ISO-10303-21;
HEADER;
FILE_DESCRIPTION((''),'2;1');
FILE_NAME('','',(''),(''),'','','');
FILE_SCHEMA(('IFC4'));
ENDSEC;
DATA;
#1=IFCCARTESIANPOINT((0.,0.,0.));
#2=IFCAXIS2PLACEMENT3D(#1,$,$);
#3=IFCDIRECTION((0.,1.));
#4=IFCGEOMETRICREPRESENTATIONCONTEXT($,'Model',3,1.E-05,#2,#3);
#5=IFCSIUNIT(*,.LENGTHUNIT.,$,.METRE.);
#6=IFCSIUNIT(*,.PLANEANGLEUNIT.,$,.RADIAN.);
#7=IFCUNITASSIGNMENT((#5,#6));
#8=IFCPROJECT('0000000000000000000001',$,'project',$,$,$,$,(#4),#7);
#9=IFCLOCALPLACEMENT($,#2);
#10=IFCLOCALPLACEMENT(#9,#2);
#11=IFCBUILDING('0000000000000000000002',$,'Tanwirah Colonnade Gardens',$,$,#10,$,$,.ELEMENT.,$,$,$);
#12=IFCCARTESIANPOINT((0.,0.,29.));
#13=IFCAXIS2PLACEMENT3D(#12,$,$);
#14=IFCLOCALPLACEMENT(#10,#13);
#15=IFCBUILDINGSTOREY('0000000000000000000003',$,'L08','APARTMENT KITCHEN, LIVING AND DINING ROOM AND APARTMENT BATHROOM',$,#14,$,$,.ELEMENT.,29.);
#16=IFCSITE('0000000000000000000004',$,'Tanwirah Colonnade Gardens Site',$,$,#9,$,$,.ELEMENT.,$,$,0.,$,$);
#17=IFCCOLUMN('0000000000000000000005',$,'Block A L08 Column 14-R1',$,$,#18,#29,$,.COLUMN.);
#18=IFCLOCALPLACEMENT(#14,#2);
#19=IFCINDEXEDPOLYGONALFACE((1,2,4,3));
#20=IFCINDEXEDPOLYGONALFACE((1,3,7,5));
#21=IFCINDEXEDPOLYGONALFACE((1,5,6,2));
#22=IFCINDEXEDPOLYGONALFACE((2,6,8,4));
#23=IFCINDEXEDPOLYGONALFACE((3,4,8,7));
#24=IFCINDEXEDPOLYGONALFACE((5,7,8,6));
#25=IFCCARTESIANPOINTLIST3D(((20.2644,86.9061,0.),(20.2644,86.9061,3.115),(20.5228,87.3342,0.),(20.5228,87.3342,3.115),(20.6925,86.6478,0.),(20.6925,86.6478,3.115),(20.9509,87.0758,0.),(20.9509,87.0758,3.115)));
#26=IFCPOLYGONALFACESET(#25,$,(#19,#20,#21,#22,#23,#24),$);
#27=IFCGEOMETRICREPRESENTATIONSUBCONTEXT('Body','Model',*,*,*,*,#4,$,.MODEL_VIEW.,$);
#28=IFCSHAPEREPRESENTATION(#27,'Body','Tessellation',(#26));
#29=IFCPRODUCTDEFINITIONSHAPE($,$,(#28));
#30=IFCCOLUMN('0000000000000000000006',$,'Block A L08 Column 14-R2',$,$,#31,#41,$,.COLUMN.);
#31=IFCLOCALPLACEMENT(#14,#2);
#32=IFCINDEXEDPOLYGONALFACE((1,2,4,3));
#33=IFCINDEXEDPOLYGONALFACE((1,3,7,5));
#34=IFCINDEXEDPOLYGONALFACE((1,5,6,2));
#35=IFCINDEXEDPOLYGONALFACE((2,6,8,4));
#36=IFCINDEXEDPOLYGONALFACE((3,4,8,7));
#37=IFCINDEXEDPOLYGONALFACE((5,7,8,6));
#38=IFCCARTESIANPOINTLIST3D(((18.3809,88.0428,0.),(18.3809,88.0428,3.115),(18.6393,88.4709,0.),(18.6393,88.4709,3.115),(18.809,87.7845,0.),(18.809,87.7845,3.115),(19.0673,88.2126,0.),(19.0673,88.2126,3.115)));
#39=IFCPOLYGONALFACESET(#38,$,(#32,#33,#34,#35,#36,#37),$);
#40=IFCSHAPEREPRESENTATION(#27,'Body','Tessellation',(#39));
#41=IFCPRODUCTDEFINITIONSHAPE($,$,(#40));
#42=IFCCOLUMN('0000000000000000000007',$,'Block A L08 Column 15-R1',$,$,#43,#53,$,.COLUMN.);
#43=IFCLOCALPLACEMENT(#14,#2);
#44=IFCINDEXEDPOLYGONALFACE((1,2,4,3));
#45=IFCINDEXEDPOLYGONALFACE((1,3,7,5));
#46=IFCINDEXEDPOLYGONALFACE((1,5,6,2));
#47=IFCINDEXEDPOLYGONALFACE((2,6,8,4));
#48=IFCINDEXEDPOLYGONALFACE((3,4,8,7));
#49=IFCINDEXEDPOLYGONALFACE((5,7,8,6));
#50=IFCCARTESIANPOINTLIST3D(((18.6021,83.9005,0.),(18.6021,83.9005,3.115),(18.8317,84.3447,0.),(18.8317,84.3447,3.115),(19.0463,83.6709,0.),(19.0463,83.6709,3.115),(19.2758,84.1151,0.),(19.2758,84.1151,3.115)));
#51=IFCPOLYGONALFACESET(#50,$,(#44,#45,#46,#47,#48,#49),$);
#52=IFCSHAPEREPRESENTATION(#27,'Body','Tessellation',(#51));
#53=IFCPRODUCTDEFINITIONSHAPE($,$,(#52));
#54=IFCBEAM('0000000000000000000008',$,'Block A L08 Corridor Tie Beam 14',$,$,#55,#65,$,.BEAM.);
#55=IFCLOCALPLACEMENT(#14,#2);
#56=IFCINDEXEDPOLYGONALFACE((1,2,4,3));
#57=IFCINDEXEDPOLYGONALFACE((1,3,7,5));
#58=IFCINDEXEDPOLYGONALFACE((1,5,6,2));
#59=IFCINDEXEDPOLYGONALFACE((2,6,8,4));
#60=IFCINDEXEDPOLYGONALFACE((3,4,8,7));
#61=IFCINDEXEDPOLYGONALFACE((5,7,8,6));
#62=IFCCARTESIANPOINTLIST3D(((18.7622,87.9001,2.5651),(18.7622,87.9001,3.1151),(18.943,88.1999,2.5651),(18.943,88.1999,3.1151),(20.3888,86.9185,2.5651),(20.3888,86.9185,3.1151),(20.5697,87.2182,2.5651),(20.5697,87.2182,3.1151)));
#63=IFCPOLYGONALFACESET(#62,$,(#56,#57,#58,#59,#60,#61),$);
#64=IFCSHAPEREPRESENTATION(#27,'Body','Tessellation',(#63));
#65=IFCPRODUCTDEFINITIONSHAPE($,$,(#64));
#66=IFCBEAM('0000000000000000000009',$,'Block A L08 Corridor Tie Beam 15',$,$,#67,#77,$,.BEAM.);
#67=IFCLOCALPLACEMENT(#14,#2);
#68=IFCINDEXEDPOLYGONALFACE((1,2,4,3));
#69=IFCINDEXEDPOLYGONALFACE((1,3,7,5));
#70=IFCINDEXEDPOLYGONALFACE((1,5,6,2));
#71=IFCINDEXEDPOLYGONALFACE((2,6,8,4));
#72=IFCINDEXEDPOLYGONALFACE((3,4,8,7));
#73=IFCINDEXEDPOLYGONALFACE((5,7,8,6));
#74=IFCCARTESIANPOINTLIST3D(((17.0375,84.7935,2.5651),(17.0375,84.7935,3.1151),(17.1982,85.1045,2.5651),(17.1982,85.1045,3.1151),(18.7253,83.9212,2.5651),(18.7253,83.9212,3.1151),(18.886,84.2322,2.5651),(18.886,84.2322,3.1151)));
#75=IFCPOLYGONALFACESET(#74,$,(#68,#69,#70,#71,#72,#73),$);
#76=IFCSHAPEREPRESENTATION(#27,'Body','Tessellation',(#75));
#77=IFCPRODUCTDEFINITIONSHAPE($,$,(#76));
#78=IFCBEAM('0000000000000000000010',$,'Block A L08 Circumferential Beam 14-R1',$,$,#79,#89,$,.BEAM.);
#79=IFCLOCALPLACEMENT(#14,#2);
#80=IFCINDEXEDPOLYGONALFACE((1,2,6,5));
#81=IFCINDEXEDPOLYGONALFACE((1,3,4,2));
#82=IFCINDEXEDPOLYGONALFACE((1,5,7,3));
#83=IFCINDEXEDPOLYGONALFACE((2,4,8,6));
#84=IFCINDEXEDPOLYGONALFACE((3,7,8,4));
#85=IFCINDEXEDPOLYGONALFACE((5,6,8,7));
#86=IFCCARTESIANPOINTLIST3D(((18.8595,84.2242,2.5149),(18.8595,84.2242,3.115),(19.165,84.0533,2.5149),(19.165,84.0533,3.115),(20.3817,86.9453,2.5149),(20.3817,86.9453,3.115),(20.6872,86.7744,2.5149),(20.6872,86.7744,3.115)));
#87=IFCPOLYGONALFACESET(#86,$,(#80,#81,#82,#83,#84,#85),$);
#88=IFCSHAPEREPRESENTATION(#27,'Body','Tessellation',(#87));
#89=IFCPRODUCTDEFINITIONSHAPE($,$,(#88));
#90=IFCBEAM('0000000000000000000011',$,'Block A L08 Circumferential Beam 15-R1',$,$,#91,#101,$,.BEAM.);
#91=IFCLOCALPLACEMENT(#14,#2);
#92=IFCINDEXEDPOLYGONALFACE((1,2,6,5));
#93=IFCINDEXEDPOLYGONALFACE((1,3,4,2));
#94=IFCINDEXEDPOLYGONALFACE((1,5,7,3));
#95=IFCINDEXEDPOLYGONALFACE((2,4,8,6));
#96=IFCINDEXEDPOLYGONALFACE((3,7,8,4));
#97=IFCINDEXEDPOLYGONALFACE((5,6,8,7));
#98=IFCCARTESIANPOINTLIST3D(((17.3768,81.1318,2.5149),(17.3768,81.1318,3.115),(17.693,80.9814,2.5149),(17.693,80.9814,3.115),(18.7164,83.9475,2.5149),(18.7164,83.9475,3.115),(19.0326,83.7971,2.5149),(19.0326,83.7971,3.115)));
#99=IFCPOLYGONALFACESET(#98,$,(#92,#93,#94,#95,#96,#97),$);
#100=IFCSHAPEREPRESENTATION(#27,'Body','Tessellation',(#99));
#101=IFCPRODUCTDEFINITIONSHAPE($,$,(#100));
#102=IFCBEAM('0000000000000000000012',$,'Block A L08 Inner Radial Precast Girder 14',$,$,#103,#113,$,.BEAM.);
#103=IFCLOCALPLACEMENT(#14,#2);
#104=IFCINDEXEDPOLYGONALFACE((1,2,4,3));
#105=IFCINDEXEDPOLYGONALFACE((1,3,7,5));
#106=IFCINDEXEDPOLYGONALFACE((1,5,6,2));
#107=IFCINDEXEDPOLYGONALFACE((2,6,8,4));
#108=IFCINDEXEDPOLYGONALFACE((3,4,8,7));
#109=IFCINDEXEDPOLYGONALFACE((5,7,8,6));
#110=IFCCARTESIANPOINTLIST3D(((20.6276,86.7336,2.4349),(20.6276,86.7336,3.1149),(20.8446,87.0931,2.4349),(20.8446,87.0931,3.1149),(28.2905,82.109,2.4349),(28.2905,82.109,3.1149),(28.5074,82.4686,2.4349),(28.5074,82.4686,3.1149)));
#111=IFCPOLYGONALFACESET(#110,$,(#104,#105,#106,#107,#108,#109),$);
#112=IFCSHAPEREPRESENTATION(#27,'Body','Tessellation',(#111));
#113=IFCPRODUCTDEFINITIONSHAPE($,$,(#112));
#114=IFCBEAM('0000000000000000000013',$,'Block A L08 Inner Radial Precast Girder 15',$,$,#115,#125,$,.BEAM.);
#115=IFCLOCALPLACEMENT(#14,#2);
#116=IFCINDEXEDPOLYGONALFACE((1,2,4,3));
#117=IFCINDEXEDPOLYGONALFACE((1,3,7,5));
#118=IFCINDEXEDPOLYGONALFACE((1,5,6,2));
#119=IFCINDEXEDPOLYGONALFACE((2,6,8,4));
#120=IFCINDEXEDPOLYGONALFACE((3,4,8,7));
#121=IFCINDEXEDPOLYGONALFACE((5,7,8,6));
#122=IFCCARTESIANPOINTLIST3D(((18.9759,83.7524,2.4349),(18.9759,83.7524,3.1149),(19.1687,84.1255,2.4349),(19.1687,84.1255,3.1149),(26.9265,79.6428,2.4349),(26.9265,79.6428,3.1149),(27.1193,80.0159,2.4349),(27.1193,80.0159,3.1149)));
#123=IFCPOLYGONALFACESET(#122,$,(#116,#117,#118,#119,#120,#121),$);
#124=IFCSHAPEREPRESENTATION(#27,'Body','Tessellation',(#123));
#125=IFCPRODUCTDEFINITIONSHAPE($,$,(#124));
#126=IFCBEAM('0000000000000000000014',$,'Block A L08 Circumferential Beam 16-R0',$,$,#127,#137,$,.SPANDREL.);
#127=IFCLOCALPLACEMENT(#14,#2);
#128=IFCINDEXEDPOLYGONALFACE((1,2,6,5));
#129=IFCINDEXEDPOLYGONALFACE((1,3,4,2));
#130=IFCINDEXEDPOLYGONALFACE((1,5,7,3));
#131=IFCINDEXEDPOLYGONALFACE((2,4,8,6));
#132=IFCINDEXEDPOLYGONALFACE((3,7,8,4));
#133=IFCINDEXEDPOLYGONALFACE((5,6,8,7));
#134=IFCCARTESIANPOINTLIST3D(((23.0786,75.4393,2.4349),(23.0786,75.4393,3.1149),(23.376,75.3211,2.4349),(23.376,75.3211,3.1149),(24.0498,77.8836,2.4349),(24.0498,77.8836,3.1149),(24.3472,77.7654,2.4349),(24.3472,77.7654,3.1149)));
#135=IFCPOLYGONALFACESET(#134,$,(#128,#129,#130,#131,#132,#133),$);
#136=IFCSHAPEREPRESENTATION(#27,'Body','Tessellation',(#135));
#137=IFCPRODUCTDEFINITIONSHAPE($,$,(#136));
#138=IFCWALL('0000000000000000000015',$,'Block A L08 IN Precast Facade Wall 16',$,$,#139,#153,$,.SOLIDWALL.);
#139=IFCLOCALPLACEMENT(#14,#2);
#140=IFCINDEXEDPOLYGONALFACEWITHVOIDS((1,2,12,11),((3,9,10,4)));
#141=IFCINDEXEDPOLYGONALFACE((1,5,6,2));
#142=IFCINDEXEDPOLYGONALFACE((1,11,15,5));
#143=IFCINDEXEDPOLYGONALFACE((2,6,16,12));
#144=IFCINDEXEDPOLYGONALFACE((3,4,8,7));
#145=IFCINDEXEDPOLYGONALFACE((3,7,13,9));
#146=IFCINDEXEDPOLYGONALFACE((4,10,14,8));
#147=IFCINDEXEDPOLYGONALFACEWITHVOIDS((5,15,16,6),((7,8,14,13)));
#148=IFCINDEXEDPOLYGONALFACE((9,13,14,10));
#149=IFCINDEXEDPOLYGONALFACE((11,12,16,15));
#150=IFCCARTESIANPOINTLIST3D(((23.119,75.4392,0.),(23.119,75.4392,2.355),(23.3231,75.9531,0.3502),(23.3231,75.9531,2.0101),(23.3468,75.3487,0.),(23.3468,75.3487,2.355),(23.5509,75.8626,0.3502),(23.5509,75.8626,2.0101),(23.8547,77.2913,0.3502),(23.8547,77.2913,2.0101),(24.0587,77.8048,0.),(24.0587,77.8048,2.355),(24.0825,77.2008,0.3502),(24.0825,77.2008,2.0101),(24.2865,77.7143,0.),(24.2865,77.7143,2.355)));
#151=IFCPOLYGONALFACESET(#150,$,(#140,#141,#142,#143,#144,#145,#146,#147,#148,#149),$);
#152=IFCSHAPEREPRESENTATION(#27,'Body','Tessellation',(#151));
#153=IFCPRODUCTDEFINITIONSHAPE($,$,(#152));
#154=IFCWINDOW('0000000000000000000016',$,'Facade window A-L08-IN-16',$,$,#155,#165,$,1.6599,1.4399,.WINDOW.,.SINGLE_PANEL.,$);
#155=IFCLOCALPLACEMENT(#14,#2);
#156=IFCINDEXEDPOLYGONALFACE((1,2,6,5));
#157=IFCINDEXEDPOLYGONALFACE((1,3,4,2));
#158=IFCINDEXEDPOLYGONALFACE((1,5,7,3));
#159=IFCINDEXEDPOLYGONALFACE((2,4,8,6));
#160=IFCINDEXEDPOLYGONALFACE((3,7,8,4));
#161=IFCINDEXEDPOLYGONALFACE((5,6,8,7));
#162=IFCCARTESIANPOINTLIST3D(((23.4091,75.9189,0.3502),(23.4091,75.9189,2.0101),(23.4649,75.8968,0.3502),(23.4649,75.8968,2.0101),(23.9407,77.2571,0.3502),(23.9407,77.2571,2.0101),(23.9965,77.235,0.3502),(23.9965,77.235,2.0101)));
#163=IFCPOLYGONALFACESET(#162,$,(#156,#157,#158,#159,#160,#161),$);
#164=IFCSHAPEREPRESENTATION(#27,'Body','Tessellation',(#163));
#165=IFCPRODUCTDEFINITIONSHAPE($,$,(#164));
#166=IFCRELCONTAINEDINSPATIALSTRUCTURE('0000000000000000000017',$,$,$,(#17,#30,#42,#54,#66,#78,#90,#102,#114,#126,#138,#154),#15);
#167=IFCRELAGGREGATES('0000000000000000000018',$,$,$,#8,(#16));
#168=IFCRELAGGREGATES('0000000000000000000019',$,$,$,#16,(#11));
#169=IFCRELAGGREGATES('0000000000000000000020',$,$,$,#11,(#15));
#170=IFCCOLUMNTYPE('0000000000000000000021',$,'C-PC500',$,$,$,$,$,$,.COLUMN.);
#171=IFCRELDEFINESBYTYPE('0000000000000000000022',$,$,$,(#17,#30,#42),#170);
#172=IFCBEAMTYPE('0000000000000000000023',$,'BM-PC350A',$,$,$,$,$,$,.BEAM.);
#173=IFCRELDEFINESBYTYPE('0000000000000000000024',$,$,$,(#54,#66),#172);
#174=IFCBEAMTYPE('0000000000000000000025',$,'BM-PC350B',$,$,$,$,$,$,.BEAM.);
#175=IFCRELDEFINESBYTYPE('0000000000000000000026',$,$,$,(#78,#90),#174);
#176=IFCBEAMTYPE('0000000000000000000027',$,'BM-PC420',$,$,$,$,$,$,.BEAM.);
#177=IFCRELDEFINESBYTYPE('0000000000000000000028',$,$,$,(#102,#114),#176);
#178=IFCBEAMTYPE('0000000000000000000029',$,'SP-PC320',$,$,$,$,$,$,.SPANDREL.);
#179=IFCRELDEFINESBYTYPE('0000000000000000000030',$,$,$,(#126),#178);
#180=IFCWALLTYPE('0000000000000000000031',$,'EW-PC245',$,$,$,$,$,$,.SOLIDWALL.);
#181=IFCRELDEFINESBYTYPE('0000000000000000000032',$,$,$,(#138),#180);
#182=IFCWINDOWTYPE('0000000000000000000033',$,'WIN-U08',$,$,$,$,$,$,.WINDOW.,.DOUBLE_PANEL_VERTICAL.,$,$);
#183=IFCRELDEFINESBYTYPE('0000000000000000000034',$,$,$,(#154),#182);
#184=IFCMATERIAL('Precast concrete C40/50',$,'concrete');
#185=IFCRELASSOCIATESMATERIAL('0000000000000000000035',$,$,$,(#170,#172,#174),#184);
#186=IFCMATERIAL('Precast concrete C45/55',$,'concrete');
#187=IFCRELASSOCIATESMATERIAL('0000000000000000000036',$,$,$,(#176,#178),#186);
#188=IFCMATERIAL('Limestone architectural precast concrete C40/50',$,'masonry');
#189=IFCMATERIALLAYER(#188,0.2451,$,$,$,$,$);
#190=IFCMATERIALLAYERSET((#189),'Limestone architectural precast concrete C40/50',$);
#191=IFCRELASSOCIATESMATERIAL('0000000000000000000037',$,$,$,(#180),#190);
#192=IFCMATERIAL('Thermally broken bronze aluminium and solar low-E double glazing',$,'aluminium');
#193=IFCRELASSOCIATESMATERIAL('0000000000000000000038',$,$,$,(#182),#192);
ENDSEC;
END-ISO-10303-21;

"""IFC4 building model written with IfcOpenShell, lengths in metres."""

from ifc_helpers import new_model, si_unit, direction, frame, frame_2d, origin, origin_2d, place, context, subcontext, project, spatial, rectangle, extrude, material, layer, layer_set, material_profile, profile_set, type_object, element, fill, save


model = new_model("IFC4")

# Units and contexts
model_context = context("Model", 3, precision=1e-05, world=origin(), true_north=direction((0.0, 1.0)))
body_context = subcontext(model_context, "Body", "Model", "MODEL_VIEW")
ifc_project = project(units=[si_unit("LENGTHUNIT", "METRE"), si_unit("PLANEANGLEUNIT", "RADIAN")], contexts=[model_context])

# Site, building, storey
site_placement = place(None, origin())
site = spatial("IfcSite", under=ifc_project, at=site_placement, Name="Tanwirah Colonnade Gardens Site", CompositionType="ELEMENT", RefElevation=0.0)
building_placement = place(site_placement, origin())
building = spatial("IfcBuilding", under=site, at=building_placement, Name="Tanwirah Colonnade Gardens", CompositionType="ELEMENT")
storey_placement = place(building_placement, frame((0.0, 0.0, 29.0)))
storey = spatial("IfcBuildingStorey", under=building, at=storey_placement, Name="L08", Description="APARTMENT KITCHEN, LIVING AND DINING ROOM AND APARTMENT BATHROOM", CompositionType="ELEMENT", Elevation=29.0)

# Columns
ifc_material_1 = material(Name="Precast concrete C40/50", Category="concrete")
ifc_material_profile_1 = material_profile(ifc_material_1, rectangle(XDim=0.5, YDim=0.5, at=origin_2d()), Name="PC-COL 500x500")
ifc_profile_set_1 = profile_set([ifc_material_profile_1], Name="Precast concrete C40/50")
column_type = type_object("IfcColumnType", Name="C-PC500", PredefinedType="COLUMN", material=ifc_profile_set_1)
for number, where, z_axis, x_axis, name in (
    (1, (20.6077, 86.991, 0.0), (0.0, 0.0, 1.0), (-0.856167, 0.516699, 0.0), "Block A L08 Column 14-R1"),
    (2, (18.7241, 88.1277, 0.0), (0.0, 0.0, 1.0), (-0.856167, 0.516699, 0.0), "Block A L08 Column 14-R2"),
    (3, (18.939, 84.0078, 0.0), (0.0, 0.0, 1.0), (-0.88835, 0.459166, 0.0), "Block A L08 Column 15-R1"),
):
    element("IfcColumn", number, at=place(storey_placement, frame(where, z_axis=z_axis, x_axis=x_axis)), inside=storey, type_object=column_type, Name=name, PredefinedType="COLUMN", context=body_context, shape_type="SweptSolid", body=[
        extrude(rectangle(XDim=0.5, YDim=0.5, at=origin_2d()), origin(), (0.0, 0.0, 1.0), 3.115),
    ])

# Beams
ifc_material_profile_2 = material_profile(ifc_material_1, rectangle(XDim=0.3501, YDim=0.55, at=origin_2d()), Name="PC-BM 350x550")
ifc_profile_set_2 = profile_set([ifc_material_profile_2], Name="Precast concrete C40/50")
beam_type_1 = type_object("IfcBeamType", Name="BM-PC350A", PredefinedType="BEAM", material=ifc_profile_set_2)
for number, where, z_axis, x_axis, name in (
    (4, (20.4792, 87.0684, 2.8401), (-0.856175, 0.516686, 0.0), (-0.516686, -0.856175, 0.0), "Block A L08 Corridor Tie Beam 14"),
    (5, (18.8057, 84.0767, 2.8401), (-0.888359, 0.45915, 0.0), (-0.45915, -0.888359, 0.0), "Block A L08 Corridor Tie Beam 15"),
):
    element("IfcBeam", number, at=place(storey_placement, frame(where, z_axis=z_axis, x_axis=x_axis)), inside=storey, type_object=beam_type_1, Name=name, PredefinedType="BEAM", context=body_context, shape_type="SweptSolid", body=[
        extrude(rectangle(XDim=0.3501, YDim=0.55, at=origin_2d()), origin(), (0.0, 0.0, 1.0), 1.8999),
    ])
ifc_material_profile_3 = material_profile(ifc_material_1, rectangle(XDim=0.3501, YDim=0.6001, at=origin_2d()), Name="PC-BM 350x600")
ifc_profile_set_3 = profile_set([ifc_material_profile_3], Name="Precast concrete C40/50")
beam_type_2 = type_object("IfcBeamType", Name="BM-PC350B", PredefinedType="BEAM", material=ifc_profile_set_3)
beam_1_placement = place(storey_placement, frame((20.5344, 86.8599, 2.8149), z_axis=(-0.4882, -0.872732, 0.0), x_axis=(0.872732, -0.4882, 0.0)))
element("IfcBeam", 6, at=beam_1_placement, inside=storey, type_object=beam_type_2, Name="Block A L08 Circumferential Beam 14-R1", PredefinedType="BEAM", context=body_context, shape_type="SweptSolid", body=[
    extrude(rectangle(XDim=0.3501, YDim=0.6001, at=origin_2d()), origin(), (0.0, 0.0, 1.0), 3.1179),
])
beam_2_placement = place(storey_placement, frame((18.8745, 83.8723, 2.8149), z_axis=(-0.429621, -0.90301, 0.0), x_axis=(0.90301, -0.429621, 0.0)))
element("IfcBeam", 7, at=beam_2_placement, inside=storey, type_object=beam_type_2, Name="Block A L08 Circumferential Beam 15-R1", PredefinedType="BEAM", context=body_context, shape_type="SweptSolid", body=[
    extrude(rectangle(XDim=0.3501, YDim=0.6001, at=origin_2d()), origin(), (0.0, 0.0, 1.0), 3.1182),
])
ifc_material_2 = material(Name="Precast concrete C45/55", Category="concrete")
ifc_material_profile_4 = material_profile(ifc_material_2, rectangle(XDim=0.4199, YDim=0.6799, at=origin_2d()), Name="PC-BM 420x680")
ifc_profile_set_4 = profile_set([ifc_material_profile_4], Name="Precast concrete C45/55")
beam_type_3 = type_object("IfcBeamType", Name="BM-PC420", PredefinedType="BEAM", material=ifc_profile_set_4)
beam_3_placement = place(storey_placement, frame((20.7361, 86.9133, 2.7749), z_axis=(0.856169, -0.516696, 0.0), x_axis=(0.516696, 0.856169, 0.0)))
element("IfcBeam", 8, at=beam_3_placement, inside=storey, type_object=beam_type_3, Name="Block A L08 Inner Radial Precast Girder 14", PredefinedType="BEAM", context=body_context, shape_type="SweptSolid", body=[
    extrude(rectangle(XDim=0.4199, YDim=0.6799, at=origin_2d()), origin(), (0.0, 0.0, 1.0), 8.9502),
])
beam_4_placement = place(storey_placement, frame((19.0723, 83.939, 2.7749), z_axis=(0.888345, -0.459176, 0.0), x_axis=(0.459176, 0.888345, 0.0)))
element("IfcBeam", 9, at=beam_4_placement, inside=storey, type_object=beam_type_3, Name="Block A L08 Inner Radial Precast Girder 15", PredefinedType="BEAM", context=body_context, shape_type="SweptSolid", body=[
    extrude(rectangle(XDim=0.4199, YDim=0.6799, at=origin_2d()), origin(), (0.0, 0.0, 1.0), 8.95),
])
ifc_material_profile_5 = material_profile(ifc_material_2, rectangle(XDim=0.3201, YDim=0.6799, at=origin_2d()), Name="PC-SP 320x680")
ifc_profile_set_5 = profile_set([ifc_material_profile_5], Name="Precast concrete C45/55")
beam_type_4 = type_object("IfcBeamType", Name="SP-PC320", PredefinedType="SPANDREL", material=ifc_profile_set_5)
beam_5_placement = place(storey_placement, frame((24.1985, 77.8245, 2.7749), z_axis=(-0.369245, -0.929332, 0.0), x_axis=(0.929332, -0.369245, 0.0)))
element("IfcBeam", 10, at=beam_5_placement, inside=storey, type_object=beam_type_4, Name="Block A L08 Circumferential Beam 16-R0", PredefinedType="SPANDREL", context=body_context, shape_type="SweptSolid", body=[
    extrude(rectangle(XDim=0.3201, YDim=0.6799, at=origin_2d()), origin(), (0.0, 0.0, 1.0), 2.6301),
])

# Wall, opening, window
ifc_material_3 = material(Name="Limestone architectural precast concrete C40/50", Category="masonry")
ifc_layer_1 = layer(ifc_material_3, 0.2451)
ifc_layer_set_1 = layer_set([ifc_layer_1], Name="Limestone architectural precast concrete C40/50")
wall_type_1 = type_object("IfcWallType", Name="EW-PC245", PredefinedType="SOLIDWALL", material=ifc_layer_set_1)
wall_1_placement = place(storey_placement, frame((24.1726, 77.7595, 0.0), z_axis=(0.0, 0.0, 1.0), x_axis=(-0.36919, -0.929354, 0.0)))
wall_1 = element("IfcWall", 11, at=wall_1_placement, inside=storey, type_object=wall_type_1, Name="Block A L08 IN Precast Facade Wall 16", PredefinedType="SOLIDWALL", context=body_context, shape_type="SweptSolid", body=[
    extrude(rectangle(XDim=2.5454, YDim=0.2451, at=frame_2d((1.2727, 0.0))), origin(), (0.0, 0.0, 1.0), 2.355),
])
opening_1_placement = place(wall_1_placement, frame((0.5525, 0.0, 0.3501)))
opening_1 = element("IfcOpeningElement", 12, at=opening_1_placement, cuts=wall_1, PredefinedType="OPENING", context=body_context, shape_type="SweptSolid", body=[
    extrude(rectangle(XDim=1.4399, YDim=1.6599, at=frame_2d((0.72, 0.8301))), frame((0.0, 0.1326, 0.0), z_axis=(0.0, -1.0, 0.0), x_axis=(1.0, 0.0, 0.0)), (0.0, 0.0, 1.0), 0.2651),
])
ifc_material_4 = material(Name="Thermally broken bronze aluminium and solar low-E double glazing", Category="aluminium")
window_type = type_object("IfcWindowType", Name="WIN-U08", PartitioningType="DOUBLE_PANEL_VERTICAL", PredefinedType="WINDOW", material=ifc_material_4)
window_placement = place(opening_1_placement, origin())
window = element("IfcWindow", 13, at=window_placement, inside=storey, type_object=window_type, Name="Facade window A-L08-IN-16", OverallHeight=1.6599, OverallWidth=1.4399, PartitioningType="SINGLE_PANEL", PredefinedType="WINDOW", context=body_context, shape_type="SweptSolid", body=[
    extrude(rectangle(XDim=1.4399, YDim=1.6599, at=frame_2d((0.72, 0.8301))), frame((0.0, 0.03, 0.0), z_axis=(0.0, -1.0, 0.0), x_axis=(1.0, 0.0, 0.0)), (0.0, 0.0, 1.0), 0.0601),
])
fill(opening_1, window)

save(model, "model.ifc")
